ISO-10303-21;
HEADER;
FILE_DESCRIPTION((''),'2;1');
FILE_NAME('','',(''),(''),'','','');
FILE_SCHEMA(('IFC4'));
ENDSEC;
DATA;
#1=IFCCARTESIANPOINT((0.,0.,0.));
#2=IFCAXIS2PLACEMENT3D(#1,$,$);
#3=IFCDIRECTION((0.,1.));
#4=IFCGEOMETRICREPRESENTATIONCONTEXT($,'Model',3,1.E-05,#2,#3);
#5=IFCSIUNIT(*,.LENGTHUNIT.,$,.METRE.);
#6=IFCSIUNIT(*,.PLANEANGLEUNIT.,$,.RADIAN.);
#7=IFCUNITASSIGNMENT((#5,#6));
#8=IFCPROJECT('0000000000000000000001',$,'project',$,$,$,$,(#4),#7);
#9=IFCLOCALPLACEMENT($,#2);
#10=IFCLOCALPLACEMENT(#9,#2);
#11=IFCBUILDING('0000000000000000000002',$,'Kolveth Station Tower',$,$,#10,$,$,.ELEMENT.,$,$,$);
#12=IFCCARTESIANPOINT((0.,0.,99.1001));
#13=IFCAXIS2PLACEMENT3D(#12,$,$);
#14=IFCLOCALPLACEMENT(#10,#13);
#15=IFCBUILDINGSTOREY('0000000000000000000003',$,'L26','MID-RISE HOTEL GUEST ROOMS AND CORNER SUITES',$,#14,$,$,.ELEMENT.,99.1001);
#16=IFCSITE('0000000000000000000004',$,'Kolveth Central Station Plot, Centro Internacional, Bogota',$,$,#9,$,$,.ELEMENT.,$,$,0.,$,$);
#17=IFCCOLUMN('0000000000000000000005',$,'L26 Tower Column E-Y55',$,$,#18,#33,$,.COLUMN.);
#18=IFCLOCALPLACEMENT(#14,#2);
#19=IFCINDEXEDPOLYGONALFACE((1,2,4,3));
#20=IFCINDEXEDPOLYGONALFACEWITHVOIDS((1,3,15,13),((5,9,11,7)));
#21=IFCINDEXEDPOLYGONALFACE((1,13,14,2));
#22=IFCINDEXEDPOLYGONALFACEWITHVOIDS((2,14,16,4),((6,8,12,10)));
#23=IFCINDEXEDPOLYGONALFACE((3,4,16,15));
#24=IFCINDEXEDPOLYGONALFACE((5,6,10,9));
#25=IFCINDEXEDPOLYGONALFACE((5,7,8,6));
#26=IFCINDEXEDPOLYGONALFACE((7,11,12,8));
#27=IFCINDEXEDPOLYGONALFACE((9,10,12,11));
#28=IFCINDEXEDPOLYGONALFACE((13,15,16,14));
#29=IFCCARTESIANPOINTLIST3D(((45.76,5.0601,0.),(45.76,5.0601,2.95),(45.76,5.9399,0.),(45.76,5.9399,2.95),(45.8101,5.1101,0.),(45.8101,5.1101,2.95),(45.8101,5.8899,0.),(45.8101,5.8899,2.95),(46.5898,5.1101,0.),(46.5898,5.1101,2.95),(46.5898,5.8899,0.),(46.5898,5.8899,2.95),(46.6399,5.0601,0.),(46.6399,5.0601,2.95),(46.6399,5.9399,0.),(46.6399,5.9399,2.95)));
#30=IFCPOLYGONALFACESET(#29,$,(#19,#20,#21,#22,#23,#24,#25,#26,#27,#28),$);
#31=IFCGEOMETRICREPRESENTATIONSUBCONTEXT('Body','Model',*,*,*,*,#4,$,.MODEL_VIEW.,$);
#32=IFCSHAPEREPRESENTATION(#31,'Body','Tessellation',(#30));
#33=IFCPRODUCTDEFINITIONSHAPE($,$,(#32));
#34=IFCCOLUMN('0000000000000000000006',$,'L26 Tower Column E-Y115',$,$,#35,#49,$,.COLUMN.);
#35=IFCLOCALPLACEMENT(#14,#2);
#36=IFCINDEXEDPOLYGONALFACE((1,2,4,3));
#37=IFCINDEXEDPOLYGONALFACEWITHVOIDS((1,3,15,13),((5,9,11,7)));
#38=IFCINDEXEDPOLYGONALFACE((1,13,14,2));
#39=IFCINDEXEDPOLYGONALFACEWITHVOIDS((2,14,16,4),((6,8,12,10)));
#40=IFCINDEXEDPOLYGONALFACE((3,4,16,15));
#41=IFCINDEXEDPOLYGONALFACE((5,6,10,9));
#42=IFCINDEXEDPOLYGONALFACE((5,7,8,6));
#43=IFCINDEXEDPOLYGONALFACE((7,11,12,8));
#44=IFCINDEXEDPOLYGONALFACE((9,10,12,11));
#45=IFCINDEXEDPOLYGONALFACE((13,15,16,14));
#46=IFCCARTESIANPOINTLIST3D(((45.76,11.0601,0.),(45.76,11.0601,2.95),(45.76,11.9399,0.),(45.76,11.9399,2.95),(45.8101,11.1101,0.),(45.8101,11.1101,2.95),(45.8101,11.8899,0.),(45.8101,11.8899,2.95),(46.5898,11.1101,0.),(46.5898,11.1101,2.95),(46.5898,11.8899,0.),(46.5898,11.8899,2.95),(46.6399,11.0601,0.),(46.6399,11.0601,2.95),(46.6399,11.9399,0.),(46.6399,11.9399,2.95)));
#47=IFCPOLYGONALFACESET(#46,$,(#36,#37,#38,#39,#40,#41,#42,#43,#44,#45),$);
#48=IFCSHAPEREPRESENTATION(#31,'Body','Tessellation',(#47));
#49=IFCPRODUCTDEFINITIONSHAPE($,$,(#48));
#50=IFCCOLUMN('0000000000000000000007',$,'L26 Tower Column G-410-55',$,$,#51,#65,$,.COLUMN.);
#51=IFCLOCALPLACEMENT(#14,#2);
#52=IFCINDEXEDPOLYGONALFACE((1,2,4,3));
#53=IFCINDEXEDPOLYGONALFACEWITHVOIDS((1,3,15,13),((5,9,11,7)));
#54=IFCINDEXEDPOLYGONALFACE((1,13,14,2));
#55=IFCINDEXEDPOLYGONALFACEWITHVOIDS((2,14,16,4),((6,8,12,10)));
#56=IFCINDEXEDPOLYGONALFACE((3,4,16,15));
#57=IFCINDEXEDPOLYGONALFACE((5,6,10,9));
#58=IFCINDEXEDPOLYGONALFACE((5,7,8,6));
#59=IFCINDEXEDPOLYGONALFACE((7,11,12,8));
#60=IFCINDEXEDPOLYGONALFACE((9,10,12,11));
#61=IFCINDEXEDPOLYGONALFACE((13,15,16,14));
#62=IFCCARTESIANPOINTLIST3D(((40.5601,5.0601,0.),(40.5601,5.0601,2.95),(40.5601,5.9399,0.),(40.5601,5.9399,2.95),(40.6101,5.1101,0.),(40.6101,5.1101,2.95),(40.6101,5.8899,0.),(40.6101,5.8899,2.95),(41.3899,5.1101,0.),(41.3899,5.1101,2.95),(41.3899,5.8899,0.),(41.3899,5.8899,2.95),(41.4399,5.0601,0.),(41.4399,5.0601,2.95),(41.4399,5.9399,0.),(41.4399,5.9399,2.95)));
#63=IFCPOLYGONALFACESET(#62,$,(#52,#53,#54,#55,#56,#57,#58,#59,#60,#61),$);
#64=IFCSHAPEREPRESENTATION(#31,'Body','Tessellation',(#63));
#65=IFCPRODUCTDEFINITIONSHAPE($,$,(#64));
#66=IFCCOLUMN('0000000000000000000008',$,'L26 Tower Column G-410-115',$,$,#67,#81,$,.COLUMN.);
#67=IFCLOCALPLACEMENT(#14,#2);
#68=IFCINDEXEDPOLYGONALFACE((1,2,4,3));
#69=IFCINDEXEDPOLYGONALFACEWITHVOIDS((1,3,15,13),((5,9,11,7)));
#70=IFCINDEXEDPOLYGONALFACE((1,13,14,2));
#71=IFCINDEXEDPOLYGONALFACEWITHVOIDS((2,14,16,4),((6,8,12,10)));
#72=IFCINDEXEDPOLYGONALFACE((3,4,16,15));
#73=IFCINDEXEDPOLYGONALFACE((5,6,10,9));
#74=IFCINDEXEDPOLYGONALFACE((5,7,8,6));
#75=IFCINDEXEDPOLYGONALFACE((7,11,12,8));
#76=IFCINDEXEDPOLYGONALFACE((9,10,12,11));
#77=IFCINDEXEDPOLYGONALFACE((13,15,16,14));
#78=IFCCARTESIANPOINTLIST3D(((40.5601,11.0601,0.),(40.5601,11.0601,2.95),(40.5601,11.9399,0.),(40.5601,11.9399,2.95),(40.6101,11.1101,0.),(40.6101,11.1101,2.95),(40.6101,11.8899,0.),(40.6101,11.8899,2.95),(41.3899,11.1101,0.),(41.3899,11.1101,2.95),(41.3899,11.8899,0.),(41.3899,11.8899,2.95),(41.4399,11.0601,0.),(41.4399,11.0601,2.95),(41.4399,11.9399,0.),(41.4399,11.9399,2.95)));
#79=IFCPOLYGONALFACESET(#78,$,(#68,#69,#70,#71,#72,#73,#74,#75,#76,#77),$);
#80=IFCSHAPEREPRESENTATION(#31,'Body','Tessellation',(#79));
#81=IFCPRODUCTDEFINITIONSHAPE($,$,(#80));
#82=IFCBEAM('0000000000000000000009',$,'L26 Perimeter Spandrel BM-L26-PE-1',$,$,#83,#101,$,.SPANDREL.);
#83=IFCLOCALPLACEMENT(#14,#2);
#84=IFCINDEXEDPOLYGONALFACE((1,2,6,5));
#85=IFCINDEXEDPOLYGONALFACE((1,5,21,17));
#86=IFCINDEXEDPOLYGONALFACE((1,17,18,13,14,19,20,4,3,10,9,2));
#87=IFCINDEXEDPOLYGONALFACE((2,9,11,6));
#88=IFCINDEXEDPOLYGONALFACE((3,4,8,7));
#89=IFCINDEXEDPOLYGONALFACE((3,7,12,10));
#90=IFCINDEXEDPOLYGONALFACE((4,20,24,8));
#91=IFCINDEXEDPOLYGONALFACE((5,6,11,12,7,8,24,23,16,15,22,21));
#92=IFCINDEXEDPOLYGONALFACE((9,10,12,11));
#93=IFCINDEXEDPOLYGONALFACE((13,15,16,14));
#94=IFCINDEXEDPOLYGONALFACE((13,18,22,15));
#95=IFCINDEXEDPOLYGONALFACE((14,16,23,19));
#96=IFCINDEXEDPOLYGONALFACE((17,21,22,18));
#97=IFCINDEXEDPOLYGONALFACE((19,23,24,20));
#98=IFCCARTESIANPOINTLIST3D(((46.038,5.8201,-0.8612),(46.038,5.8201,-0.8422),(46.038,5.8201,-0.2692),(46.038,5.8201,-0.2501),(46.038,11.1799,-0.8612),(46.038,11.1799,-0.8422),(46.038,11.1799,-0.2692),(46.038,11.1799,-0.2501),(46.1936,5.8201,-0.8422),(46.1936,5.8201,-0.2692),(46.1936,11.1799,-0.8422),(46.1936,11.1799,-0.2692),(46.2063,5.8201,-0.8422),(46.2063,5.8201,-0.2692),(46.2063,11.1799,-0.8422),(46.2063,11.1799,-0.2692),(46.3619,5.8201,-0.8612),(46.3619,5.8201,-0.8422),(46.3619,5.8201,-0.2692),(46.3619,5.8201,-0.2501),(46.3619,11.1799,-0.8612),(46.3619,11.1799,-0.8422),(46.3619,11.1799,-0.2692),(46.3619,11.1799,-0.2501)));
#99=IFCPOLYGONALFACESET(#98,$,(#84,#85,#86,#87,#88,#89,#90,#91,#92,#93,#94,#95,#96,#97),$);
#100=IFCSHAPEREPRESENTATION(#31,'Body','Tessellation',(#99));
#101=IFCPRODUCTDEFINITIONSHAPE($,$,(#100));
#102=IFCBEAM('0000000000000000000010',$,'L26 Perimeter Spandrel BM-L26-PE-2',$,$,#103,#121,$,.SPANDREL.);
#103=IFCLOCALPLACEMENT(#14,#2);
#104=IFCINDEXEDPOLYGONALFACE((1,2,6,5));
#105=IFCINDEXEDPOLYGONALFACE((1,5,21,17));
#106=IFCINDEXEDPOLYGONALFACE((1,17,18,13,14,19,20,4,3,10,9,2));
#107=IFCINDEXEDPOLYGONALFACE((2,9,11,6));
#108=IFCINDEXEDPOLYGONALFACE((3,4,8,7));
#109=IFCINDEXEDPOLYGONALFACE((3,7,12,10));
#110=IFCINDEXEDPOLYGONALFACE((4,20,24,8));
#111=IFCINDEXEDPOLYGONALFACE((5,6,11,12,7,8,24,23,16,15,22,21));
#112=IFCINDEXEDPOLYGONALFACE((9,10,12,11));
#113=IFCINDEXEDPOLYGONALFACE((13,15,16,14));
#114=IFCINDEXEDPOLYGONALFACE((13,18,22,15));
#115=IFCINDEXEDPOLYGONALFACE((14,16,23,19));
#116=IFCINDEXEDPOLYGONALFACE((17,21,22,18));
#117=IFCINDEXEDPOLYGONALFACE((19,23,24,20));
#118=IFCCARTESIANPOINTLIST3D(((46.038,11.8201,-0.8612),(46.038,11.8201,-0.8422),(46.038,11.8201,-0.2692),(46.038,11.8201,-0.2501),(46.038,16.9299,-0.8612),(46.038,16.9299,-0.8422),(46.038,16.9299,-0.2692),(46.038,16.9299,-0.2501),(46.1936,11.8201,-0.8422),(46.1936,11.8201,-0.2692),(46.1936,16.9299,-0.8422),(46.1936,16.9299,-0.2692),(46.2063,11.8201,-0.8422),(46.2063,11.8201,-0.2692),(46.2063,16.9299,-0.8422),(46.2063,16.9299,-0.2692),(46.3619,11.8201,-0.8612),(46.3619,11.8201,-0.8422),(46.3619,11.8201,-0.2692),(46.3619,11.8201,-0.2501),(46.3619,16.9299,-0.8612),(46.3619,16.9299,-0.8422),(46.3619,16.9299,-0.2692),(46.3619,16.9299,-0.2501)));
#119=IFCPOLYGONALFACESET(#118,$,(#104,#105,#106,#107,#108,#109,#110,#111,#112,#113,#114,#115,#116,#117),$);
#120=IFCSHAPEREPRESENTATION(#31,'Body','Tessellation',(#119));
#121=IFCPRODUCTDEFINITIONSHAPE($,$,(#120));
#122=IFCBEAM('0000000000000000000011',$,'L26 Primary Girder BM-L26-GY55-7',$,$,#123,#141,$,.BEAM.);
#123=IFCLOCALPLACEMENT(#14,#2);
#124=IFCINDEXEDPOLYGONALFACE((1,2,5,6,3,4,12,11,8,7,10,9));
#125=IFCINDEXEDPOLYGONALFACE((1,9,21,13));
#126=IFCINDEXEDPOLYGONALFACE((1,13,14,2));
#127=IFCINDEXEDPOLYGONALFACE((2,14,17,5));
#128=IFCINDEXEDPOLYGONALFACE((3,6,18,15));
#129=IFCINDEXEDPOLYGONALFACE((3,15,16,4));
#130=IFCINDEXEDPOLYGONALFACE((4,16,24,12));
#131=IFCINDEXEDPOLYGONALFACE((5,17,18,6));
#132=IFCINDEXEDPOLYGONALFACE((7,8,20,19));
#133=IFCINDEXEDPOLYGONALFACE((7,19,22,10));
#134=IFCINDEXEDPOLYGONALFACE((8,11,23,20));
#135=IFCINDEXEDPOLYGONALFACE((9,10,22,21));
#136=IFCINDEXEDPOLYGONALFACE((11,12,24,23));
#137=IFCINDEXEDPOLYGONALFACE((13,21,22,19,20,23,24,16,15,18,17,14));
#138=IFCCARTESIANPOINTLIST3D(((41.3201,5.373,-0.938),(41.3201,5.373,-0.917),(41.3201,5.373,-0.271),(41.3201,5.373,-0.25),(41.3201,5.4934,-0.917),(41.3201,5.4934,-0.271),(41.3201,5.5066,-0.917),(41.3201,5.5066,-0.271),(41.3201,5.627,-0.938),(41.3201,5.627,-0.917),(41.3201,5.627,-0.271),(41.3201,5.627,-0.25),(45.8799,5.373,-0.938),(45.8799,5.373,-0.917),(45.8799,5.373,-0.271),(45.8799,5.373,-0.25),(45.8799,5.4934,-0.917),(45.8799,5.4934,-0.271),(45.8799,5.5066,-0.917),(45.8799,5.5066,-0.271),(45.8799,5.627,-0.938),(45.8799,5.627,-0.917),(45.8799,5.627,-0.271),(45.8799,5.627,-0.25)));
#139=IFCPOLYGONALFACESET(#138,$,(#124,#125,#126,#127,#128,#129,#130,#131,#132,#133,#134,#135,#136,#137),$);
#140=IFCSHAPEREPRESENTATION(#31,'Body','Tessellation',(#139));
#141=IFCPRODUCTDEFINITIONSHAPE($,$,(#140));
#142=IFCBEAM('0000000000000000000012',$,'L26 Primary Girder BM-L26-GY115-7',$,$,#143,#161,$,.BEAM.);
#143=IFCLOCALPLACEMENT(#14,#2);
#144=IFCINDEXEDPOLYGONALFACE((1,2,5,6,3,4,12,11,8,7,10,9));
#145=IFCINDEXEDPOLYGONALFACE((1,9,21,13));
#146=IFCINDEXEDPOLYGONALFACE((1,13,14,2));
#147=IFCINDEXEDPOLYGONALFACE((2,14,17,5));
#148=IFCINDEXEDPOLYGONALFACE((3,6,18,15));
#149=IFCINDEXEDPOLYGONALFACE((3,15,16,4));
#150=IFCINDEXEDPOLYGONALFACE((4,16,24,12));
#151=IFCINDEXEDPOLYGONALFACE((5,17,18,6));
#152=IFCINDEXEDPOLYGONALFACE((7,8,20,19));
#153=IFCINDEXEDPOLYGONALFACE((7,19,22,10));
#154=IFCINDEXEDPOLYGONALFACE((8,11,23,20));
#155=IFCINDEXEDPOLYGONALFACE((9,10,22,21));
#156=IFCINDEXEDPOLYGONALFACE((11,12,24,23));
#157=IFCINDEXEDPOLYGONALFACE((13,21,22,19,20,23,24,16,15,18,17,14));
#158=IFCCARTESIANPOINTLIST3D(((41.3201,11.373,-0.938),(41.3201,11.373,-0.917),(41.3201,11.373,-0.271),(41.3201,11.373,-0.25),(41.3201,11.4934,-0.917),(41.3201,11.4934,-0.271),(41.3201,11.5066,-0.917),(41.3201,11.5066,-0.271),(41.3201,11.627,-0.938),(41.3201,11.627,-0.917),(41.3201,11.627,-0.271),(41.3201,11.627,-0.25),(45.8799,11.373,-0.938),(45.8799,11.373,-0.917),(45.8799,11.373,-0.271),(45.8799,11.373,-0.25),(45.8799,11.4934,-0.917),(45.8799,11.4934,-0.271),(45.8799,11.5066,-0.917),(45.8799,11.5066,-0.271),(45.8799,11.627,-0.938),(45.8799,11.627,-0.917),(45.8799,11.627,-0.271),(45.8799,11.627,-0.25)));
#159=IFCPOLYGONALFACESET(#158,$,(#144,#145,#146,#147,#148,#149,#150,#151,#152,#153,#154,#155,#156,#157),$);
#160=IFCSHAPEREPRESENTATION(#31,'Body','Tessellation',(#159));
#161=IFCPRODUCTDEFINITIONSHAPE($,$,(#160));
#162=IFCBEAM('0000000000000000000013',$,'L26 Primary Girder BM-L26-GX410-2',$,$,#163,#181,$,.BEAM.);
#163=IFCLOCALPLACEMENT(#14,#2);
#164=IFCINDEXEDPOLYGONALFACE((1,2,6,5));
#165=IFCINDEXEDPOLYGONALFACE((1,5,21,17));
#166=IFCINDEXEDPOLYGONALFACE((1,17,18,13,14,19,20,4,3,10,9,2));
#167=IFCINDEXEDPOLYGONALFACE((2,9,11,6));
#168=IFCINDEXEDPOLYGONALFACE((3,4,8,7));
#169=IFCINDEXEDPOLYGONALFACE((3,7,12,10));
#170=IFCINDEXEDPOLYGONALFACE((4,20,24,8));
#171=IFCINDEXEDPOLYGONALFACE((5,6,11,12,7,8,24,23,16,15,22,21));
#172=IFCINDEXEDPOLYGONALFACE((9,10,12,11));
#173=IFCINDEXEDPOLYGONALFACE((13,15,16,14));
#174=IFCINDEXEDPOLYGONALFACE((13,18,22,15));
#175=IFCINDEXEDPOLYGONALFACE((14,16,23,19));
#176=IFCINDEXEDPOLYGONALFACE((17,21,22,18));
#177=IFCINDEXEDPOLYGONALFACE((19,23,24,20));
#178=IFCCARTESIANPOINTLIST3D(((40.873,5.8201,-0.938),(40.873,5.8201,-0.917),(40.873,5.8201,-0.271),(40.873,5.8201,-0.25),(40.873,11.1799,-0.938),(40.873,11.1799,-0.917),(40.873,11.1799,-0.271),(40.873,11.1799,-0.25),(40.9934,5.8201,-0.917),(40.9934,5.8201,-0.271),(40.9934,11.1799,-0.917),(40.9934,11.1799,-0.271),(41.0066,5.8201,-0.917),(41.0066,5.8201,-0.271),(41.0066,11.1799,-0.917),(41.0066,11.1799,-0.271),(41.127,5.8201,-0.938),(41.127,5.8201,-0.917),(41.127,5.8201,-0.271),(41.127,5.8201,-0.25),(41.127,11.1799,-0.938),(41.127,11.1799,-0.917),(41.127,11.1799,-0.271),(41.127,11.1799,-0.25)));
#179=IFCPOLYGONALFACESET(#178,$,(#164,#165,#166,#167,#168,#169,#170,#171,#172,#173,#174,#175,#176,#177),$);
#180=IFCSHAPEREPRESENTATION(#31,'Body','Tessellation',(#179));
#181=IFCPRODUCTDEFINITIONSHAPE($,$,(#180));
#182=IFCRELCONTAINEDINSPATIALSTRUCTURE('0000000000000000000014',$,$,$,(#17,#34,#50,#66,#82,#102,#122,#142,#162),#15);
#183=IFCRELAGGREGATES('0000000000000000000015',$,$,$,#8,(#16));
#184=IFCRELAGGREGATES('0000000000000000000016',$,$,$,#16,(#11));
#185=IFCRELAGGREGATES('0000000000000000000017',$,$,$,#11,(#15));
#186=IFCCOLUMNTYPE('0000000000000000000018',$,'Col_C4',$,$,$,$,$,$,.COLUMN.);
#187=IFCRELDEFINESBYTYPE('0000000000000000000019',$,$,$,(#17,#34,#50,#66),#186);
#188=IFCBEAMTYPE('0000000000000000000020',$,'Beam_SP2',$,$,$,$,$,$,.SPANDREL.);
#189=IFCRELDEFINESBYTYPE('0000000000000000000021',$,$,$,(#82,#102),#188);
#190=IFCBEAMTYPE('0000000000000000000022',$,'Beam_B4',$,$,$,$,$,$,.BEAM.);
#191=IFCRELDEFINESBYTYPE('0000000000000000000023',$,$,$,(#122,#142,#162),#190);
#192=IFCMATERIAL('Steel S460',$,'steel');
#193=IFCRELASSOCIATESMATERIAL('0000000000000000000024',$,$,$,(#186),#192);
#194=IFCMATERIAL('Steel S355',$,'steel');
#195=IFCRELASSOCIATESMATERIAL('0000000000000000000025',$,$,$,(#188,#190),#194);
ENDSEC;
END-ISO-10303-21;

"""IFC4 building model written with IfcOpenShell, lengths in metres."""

from ifc_helpers import new_model, si_unit, direction, frame, origin, origin_2d, place, context, subcontext, project, spatial, hollow_rectangle, i_section, extrude, source, transform, mapped, material, material_profile, profile_set, type_object, element, save


model = new_model("IFC4")

# Units and contexts
model_context = context("Model", 3, precision=1e-05, world=origin(), true_north=direction((0.0, 1.0)))
body_context = subcontext(model_context, "Body", "Model", "MODEL_VIEW")
ifc_project = project(units=[si_unit("LENGTHUNIT", "METRE"), si_unit("PLANEANGLEUNIT", "RADIAN")], contexts=[model_context])

# Site, building, storey
site_placement = place(None, origin())
site = spatial("IfcSite", under=ifc_project, at=site_placement, Name="Kolveth Central Station Plot, Centro Internacional, Bogota", CompositionType="ELEMENT", RefElevation=0.0)
building_placement = place(site_placement, origin())
building = spatial("IfcBuilding", under=site, at=building_placement, Name="Kolveth Station Tower", CompositionType="ELEMENT")
storey_placement = place(building_placement, frame((0.0, 0.0, 99.1001)))
storey = spatial("IfcBuildingStorey", under=building, at=storey_placement, Name="L26", Description="MID-RISE HOTEL GUEST ROOMS AND CORNER SUITES", CompositionType="ELEMENT", Elevation=99.1001)

# Columns
ifc_material_1 = material(Name="Steel S460", Category="steel")
ifc_material_profile_1 = material_profile(ifc_material_1, hollow_rectangle(XDim=0.8799, YDim=0.8799, WallThickness=0.05, at=origin_2d()), Name="BOX880x880x50")
ifc_profile_set_1 = profile_set([ifc_material_profile_1], Name="Steel S460")
column_type = type_object("IfcColumnType", Name="Col_C4", PredefinedType="COLUMN", material=ifc_profile_set_1)
shared_shape_1 = source(origin(), body_context, "Body", "SweptSolid", [
    extrude(hollow_rectangle(XDim=0.8799, YDim=0.8799, WallThickness=0.05, at=origin_2d()), origin(), (0.0, 0.0, 1.0), 2.95),
])
for number, where, z_axis, x_axis, name in (
    (1, (46.2, 5.5, 0.0), (0.0, 0.0, 1.0), (1.0, 0.0, 0.0), "L26 Tower Column E-Y55"),
    (2, (46.2, 11.5, 0.0), (0.0, 0.0, 1.0), (1.0, 0.0, 0.0), "L26 Tower Column E-Y115"),
    (3, (41.0, 5.5, 0.0), (0.0, 0.0, 1.0), (1.0, 0.0, 0.0), "L26 Tower Column G-410-55"),
    (4, (41.0, 11.5, 0.0), (0.0, 0.0, 1.0), (1.0, 0.0, 0.0), "L26 Tower Column G-410-115"),
):
    element("IfcColumn", number, at=place(storey_placement, frame(where, z_axis=z_axis, x_axis=x_axis)), inside=storey, type_object=column_type, Name=name, PredefinedType="COLUMN", context=body_context, shape_type="MappedRepresentation", body=[
        mapped(shared_shape_1, transform((0.0, 0.0, 0.0), x_axis=(1.0, 0.0, 0.0), y_axis=(0.0, 1.0, 0.0), z_axis=(0.0, 0.0, 1.0), scale=1.0)),
    ])

# Beams
ifc_material_2 = material(Name="Steel S355", Category="steel")
ifc_material_profile_2 = material_profile(ifc_material_2, i_section(OverallWidth=0.324, OverallDepth=0.6111, WebThickness=0.0127, FlangeThickness=0.019, at=origin_2d()), Name="W610x155")
ifc_profile_set_2 = profile_set([ifc_material_profile_2], Name="Steel S355")
beam_type_1 = type_object("IfcBeamType", Name="Beam_SP2", PredefinedType="SPANDREL", material=ifc_profile_set_2)
shared_shape_2 = source(origin(), body_context, "Body", "SweptSolid", [
    extrude(i_section(OverallWidth=0.324, OverallDepth=0.6111, WebThickness=0.0127, FlangeThickness=0.019, at=origin_2d()), origin(), (0.0, 0.0, 1.0), 5.3599),
])
beam_1_placement = place(storey_placement, frame((46.2, 5.8201, -0.5557), z_axis=(0.0, 1.0, 0.0), x_axis=(-1.0, 0.0, 0.0)))
element("IfcBeam", 5, at=beam_1_placement, inside=storey, type_object=beam_type_1, Name="L26 Perimeter Spandrel BM-L26-PE-1", PredefinedType="SPANDREL", context=body_context, shape_type="MappedRepresentation", body=[
    mapped(shared_shape_2, transform((0.0, 0.0, 0.0), x_axis=(1.0, 0.0, 0.0), y_axis=(0.0, 1.0, 0.0), z_axis=(0.0, 0.0, 1.0), scale=1.0)),
])
shared_shape_3 = source(origin(), body_context, "Body", "SweptSolid", [
    extrude(i_section(OverallWidth=0.324, OverallDepth=0.6111, WebThickness=0.0127, FlangeThickness=0.019, at=origin_2d()), origin(), (0.0, 0.0, 1.0), 5.1099),
])
beam_2_placement = place(storey_placement, frame((46.2, 11.8201, -0.5557), z_axis=(0.0, 1.0, 0.0), x_axis=(-1.0, 0.0, 0.0)))
element("IfcBeam", 6, at=beam_2_placement, inside=storey, type_object=beam_type_1, Name="L26 Perimeter Spandrel BM-L26-PE-2", PredefinedType="SPANDREL", context=body_context, shape_type="MappedRepresentation", body=[
    mapped(shared_shape_3, transform((0.0, 0.0, 0.0), x_axis=(1.0, 0.0, 0.0), y_axis=(0.0, 1.0, 0.0), z_axis=(0.0, 0.0, 1.0), scale=1.0)),
])
ifc_material_profile_3 = material_profile(ifc_material_2, i_section(OverallWidth=0.2539, OverallDepth=0.688, WebThickness=0.0132, FlangeThickness=0.021, at=origin_2d()), Name="W690x152")
ifc_profile_set_3 = profile_set([ifc_material_profile_3], Name="Steel S355")
beam_type_2 = type_object("IfcBeamType", Name="Beam_B4", PredefinedType="BEAM", material=ifc_profile_set_3)
shared_shape_4 = source(origin(), body_context, "Body", "SweptSolid", [
    extrude(i_section(OverallWidth=0.2539, OverallDepth=0.688, WebThickness=0.0132, FlangeThickness=0.021, at=origin_2d()), origin(), (0.0, 0.0, 1.0), 4.5598),
])
for number, where, z_axis, x_axis, name in (
    (7, (41.3201, 5.5, -0.594), (1.0, 0.0, 0.0), (0.0, 1.0, 0.0), "L26 Primary Girder BM-L26-GY55-7"),
    (8, (41.3201, 11.5, -0.594), (1.0, 0.0, 0.0), (0.0, 1.0, 0.0), "L26 Primary Girder BM-L26-GY115-7"),
):
    element("IfcBeam", number, at=place(storey_placement, frame(where, z_axis=z_axis, x_axis=x_axis)), inside=storey, type_object=beam_type_2, Name=name, PredefinedType="BEAM", context=body_context, shape_type="MappedRepresentation", body=[
        mapped(shared_shape_4, transform((0.0, 0.0, 0.0), x_axis=(1.0, 0.0, 0.0), y_axis=(0.0, 1.0, 0.0), z_axis=(0.0, 0.0, 1.0), scale=1.0)),
    ])
shared_shape_5 = source(origin(), body_context, "Body", "SweptSolid", [
    extrude(i_section(OverallWidth=0.2539, OverallDepth=0.688, WebThickness=0.0132, FlangeThickness=0.021, at=origin_2d()), origin(), (0.0, 0.0, 1.0), 5.3599),
])
beam_3_placement = place(storey_placement, frame((41.0, 5.8201, -0.594), z_axis=(0.0, 1.0, 0.0), x_axis=(-1.0, 0.0, 0.0)))
element("IfcBeam", 9, at=beam_3_placement, inside=storey, type_object=beam_type_2, Name="L26 Primary Girder BM-L26-GX410-2", PredefinedType="BEAM", context=body_context, shape_type="MappedRepresentation", body=[
    mapped(shared_shape_5, transform((0.0, 0.0, 0.0), x_axis=(1.0, 0.0, 0.0), y_axis=(0.0, 1.0, 0.0), z_axis=(0.0, 0.0, 1.0), scale=1.0)),
])

save(model, "model.ifc")
